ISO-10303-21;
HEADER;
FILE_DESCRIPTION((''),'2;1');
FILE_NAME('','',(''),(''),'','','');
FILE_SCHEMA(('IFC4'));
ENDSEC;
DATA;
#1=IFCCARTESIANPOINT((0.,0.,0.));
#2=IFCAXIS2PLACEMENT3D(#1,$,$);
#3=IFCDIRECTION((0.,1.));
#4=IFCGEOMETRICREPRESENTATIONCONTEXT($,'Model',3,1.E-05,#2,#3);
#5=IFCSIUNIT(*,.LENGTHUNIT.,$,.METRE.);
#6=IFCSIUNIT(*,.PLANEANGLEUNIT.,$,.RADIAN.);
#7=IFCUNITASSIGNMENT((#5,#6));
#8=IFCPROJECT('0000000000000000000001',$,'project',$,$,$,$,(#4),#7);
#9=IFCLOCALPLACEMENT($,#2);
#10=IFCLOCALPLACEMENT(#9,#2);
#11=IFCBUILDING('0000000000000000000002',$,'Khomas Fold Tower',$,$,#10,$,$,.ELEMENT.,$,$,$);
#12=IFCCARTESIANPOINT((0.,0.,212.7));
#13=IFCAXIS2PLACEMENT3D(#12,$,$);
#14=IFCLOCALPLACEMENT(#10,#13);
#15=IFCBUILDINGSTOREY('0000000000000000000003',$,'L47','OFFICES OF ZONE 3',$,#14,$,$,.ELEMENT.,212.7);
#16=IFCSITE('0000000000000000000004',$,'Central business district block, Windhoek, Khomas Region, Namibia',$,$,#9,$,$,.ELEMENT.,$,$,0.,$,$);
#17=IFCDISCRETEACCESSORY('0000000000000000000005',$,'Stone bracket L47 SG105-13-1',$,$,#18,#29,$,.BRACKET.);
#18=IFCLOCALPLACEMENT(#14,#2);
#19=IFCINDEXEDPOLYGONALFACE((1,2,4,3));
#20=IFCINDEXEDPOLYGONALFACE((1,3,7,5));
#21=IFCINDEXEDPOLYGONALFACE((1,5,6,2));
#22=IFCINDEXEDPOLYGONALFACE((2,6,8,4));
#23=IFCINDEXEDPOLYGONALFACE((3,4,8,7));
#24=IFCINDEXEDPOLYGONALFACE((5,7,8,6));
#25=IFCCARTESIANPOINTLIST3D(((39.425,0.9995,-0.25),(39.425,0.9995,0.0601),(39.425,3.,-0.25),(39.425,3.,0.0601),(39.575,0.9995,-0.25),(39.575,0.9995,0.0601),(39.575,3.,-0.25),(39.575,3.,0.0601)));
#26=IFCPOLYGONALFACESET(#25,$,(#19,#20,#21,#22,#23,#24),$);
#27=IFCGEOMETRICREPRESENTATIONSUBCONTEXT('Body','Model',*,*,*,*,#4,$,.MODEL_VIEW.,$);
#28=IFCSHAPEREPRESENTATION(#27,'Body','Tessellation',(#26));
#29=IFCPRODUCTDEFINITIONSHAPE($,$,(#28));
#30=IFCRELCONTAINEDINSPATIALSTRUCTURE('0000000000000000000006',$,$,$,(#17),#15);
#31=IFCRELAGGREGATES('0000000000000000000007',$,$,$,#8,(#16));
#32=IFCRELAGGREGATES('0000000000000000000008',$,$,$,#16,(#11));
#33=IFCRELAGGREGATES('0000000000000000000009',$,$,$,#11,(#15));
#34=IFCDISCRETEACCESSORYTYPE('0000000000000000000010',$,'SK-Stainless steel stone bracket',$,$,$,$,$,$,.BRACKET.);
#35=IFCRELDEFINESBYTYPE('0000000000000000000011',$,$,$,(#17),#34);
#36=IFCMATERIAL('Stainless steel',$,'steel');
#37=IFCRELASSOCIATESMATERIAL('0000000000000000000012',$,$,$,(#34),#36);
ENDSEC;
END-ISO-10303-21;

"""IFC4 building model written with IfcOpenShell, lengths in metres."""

from ifc_helpers import new_model, si_unit, direction, frame, origin, origin_2d, place, context, subcontext, project, spatial, rectangle, extrude, source, transform, mapped, material, type_object, element, save


model = new_model("IFC4")

# Units and contexts
model_context = context("Model", 3, precision=1e-05, world=origin(), true_north=direction((0.0, 1.0)))
body_context = subcontext(model_context, "Body", "Model", "MODEL_VIEW")
ifc_project = project(units=[si_unit("LENGTHUNIT", "METRE"), si_unit("PLANEANGLEUNIT", "RADIAN")], contexts=[model_context])

# Site, building, storey
site_placement = place(None, origin())
site = spatial("IfcSite", under=ifc_project, at=site_placement, Name="Central business district block, Windhoek, Khomas Region, Namibia", CompositionType="ELEMENT", RefElevation=0.0)
building_placement = place(site_placement, origin())
building = spatial("IfcBuilding", under=site, at=building_placement, Name="Khomas Fold Tower", CompositionType="ELEMENT")
storey_placement = place(building_placement, frame((0.0, 0.0, 212.7)))
storey = spatial("IfcBuildingStorey", under=building, at=storey_placement, Name="L47", Description="OFFICES OF ZONE 3", CompositionType="ELEMENT", Elevation=212.7)

# Discrete accessory
ifc_material_1 = material(Name="Stainless steel", Category="steel")
discrete_accessory_type = type_object("IfcDiscreteAccessoryType", Name="SK-Stainless steel stone bracket", PredefinedType="BRACKET", material=ifc_material_1)
shared_shape_1 = source(origin(), body_context, "Body", "SweptSolid", [
    extrude(rectangle(XDim=2.0005, YDim=0.1499, at=origin_2d()), origin(), (0.0, 0.0, 1.0), 0.3101),
])
discrete_accessory_1_placement = place(storey_placement, frame((39.5, 1.9998, -0.25), z_axis=(0.0, 0.0, 1.0), x_axis=(0.0, -1.0, 0.0)))
element("IfcDiscreteAccessory", 1, at=discrete_accessory_1_placement, inside=storey, type_object=discrete_accessory_type, Name="Stone bracket L47 SG105-13-1", PredefinedType="BRACKET", context=body_context, shape_type="MappedRepresentation", body=[
    mapped(shared_shape_1, transform((0.0, 0.0, 0.0))),
])

save(model, "model.ifc")
